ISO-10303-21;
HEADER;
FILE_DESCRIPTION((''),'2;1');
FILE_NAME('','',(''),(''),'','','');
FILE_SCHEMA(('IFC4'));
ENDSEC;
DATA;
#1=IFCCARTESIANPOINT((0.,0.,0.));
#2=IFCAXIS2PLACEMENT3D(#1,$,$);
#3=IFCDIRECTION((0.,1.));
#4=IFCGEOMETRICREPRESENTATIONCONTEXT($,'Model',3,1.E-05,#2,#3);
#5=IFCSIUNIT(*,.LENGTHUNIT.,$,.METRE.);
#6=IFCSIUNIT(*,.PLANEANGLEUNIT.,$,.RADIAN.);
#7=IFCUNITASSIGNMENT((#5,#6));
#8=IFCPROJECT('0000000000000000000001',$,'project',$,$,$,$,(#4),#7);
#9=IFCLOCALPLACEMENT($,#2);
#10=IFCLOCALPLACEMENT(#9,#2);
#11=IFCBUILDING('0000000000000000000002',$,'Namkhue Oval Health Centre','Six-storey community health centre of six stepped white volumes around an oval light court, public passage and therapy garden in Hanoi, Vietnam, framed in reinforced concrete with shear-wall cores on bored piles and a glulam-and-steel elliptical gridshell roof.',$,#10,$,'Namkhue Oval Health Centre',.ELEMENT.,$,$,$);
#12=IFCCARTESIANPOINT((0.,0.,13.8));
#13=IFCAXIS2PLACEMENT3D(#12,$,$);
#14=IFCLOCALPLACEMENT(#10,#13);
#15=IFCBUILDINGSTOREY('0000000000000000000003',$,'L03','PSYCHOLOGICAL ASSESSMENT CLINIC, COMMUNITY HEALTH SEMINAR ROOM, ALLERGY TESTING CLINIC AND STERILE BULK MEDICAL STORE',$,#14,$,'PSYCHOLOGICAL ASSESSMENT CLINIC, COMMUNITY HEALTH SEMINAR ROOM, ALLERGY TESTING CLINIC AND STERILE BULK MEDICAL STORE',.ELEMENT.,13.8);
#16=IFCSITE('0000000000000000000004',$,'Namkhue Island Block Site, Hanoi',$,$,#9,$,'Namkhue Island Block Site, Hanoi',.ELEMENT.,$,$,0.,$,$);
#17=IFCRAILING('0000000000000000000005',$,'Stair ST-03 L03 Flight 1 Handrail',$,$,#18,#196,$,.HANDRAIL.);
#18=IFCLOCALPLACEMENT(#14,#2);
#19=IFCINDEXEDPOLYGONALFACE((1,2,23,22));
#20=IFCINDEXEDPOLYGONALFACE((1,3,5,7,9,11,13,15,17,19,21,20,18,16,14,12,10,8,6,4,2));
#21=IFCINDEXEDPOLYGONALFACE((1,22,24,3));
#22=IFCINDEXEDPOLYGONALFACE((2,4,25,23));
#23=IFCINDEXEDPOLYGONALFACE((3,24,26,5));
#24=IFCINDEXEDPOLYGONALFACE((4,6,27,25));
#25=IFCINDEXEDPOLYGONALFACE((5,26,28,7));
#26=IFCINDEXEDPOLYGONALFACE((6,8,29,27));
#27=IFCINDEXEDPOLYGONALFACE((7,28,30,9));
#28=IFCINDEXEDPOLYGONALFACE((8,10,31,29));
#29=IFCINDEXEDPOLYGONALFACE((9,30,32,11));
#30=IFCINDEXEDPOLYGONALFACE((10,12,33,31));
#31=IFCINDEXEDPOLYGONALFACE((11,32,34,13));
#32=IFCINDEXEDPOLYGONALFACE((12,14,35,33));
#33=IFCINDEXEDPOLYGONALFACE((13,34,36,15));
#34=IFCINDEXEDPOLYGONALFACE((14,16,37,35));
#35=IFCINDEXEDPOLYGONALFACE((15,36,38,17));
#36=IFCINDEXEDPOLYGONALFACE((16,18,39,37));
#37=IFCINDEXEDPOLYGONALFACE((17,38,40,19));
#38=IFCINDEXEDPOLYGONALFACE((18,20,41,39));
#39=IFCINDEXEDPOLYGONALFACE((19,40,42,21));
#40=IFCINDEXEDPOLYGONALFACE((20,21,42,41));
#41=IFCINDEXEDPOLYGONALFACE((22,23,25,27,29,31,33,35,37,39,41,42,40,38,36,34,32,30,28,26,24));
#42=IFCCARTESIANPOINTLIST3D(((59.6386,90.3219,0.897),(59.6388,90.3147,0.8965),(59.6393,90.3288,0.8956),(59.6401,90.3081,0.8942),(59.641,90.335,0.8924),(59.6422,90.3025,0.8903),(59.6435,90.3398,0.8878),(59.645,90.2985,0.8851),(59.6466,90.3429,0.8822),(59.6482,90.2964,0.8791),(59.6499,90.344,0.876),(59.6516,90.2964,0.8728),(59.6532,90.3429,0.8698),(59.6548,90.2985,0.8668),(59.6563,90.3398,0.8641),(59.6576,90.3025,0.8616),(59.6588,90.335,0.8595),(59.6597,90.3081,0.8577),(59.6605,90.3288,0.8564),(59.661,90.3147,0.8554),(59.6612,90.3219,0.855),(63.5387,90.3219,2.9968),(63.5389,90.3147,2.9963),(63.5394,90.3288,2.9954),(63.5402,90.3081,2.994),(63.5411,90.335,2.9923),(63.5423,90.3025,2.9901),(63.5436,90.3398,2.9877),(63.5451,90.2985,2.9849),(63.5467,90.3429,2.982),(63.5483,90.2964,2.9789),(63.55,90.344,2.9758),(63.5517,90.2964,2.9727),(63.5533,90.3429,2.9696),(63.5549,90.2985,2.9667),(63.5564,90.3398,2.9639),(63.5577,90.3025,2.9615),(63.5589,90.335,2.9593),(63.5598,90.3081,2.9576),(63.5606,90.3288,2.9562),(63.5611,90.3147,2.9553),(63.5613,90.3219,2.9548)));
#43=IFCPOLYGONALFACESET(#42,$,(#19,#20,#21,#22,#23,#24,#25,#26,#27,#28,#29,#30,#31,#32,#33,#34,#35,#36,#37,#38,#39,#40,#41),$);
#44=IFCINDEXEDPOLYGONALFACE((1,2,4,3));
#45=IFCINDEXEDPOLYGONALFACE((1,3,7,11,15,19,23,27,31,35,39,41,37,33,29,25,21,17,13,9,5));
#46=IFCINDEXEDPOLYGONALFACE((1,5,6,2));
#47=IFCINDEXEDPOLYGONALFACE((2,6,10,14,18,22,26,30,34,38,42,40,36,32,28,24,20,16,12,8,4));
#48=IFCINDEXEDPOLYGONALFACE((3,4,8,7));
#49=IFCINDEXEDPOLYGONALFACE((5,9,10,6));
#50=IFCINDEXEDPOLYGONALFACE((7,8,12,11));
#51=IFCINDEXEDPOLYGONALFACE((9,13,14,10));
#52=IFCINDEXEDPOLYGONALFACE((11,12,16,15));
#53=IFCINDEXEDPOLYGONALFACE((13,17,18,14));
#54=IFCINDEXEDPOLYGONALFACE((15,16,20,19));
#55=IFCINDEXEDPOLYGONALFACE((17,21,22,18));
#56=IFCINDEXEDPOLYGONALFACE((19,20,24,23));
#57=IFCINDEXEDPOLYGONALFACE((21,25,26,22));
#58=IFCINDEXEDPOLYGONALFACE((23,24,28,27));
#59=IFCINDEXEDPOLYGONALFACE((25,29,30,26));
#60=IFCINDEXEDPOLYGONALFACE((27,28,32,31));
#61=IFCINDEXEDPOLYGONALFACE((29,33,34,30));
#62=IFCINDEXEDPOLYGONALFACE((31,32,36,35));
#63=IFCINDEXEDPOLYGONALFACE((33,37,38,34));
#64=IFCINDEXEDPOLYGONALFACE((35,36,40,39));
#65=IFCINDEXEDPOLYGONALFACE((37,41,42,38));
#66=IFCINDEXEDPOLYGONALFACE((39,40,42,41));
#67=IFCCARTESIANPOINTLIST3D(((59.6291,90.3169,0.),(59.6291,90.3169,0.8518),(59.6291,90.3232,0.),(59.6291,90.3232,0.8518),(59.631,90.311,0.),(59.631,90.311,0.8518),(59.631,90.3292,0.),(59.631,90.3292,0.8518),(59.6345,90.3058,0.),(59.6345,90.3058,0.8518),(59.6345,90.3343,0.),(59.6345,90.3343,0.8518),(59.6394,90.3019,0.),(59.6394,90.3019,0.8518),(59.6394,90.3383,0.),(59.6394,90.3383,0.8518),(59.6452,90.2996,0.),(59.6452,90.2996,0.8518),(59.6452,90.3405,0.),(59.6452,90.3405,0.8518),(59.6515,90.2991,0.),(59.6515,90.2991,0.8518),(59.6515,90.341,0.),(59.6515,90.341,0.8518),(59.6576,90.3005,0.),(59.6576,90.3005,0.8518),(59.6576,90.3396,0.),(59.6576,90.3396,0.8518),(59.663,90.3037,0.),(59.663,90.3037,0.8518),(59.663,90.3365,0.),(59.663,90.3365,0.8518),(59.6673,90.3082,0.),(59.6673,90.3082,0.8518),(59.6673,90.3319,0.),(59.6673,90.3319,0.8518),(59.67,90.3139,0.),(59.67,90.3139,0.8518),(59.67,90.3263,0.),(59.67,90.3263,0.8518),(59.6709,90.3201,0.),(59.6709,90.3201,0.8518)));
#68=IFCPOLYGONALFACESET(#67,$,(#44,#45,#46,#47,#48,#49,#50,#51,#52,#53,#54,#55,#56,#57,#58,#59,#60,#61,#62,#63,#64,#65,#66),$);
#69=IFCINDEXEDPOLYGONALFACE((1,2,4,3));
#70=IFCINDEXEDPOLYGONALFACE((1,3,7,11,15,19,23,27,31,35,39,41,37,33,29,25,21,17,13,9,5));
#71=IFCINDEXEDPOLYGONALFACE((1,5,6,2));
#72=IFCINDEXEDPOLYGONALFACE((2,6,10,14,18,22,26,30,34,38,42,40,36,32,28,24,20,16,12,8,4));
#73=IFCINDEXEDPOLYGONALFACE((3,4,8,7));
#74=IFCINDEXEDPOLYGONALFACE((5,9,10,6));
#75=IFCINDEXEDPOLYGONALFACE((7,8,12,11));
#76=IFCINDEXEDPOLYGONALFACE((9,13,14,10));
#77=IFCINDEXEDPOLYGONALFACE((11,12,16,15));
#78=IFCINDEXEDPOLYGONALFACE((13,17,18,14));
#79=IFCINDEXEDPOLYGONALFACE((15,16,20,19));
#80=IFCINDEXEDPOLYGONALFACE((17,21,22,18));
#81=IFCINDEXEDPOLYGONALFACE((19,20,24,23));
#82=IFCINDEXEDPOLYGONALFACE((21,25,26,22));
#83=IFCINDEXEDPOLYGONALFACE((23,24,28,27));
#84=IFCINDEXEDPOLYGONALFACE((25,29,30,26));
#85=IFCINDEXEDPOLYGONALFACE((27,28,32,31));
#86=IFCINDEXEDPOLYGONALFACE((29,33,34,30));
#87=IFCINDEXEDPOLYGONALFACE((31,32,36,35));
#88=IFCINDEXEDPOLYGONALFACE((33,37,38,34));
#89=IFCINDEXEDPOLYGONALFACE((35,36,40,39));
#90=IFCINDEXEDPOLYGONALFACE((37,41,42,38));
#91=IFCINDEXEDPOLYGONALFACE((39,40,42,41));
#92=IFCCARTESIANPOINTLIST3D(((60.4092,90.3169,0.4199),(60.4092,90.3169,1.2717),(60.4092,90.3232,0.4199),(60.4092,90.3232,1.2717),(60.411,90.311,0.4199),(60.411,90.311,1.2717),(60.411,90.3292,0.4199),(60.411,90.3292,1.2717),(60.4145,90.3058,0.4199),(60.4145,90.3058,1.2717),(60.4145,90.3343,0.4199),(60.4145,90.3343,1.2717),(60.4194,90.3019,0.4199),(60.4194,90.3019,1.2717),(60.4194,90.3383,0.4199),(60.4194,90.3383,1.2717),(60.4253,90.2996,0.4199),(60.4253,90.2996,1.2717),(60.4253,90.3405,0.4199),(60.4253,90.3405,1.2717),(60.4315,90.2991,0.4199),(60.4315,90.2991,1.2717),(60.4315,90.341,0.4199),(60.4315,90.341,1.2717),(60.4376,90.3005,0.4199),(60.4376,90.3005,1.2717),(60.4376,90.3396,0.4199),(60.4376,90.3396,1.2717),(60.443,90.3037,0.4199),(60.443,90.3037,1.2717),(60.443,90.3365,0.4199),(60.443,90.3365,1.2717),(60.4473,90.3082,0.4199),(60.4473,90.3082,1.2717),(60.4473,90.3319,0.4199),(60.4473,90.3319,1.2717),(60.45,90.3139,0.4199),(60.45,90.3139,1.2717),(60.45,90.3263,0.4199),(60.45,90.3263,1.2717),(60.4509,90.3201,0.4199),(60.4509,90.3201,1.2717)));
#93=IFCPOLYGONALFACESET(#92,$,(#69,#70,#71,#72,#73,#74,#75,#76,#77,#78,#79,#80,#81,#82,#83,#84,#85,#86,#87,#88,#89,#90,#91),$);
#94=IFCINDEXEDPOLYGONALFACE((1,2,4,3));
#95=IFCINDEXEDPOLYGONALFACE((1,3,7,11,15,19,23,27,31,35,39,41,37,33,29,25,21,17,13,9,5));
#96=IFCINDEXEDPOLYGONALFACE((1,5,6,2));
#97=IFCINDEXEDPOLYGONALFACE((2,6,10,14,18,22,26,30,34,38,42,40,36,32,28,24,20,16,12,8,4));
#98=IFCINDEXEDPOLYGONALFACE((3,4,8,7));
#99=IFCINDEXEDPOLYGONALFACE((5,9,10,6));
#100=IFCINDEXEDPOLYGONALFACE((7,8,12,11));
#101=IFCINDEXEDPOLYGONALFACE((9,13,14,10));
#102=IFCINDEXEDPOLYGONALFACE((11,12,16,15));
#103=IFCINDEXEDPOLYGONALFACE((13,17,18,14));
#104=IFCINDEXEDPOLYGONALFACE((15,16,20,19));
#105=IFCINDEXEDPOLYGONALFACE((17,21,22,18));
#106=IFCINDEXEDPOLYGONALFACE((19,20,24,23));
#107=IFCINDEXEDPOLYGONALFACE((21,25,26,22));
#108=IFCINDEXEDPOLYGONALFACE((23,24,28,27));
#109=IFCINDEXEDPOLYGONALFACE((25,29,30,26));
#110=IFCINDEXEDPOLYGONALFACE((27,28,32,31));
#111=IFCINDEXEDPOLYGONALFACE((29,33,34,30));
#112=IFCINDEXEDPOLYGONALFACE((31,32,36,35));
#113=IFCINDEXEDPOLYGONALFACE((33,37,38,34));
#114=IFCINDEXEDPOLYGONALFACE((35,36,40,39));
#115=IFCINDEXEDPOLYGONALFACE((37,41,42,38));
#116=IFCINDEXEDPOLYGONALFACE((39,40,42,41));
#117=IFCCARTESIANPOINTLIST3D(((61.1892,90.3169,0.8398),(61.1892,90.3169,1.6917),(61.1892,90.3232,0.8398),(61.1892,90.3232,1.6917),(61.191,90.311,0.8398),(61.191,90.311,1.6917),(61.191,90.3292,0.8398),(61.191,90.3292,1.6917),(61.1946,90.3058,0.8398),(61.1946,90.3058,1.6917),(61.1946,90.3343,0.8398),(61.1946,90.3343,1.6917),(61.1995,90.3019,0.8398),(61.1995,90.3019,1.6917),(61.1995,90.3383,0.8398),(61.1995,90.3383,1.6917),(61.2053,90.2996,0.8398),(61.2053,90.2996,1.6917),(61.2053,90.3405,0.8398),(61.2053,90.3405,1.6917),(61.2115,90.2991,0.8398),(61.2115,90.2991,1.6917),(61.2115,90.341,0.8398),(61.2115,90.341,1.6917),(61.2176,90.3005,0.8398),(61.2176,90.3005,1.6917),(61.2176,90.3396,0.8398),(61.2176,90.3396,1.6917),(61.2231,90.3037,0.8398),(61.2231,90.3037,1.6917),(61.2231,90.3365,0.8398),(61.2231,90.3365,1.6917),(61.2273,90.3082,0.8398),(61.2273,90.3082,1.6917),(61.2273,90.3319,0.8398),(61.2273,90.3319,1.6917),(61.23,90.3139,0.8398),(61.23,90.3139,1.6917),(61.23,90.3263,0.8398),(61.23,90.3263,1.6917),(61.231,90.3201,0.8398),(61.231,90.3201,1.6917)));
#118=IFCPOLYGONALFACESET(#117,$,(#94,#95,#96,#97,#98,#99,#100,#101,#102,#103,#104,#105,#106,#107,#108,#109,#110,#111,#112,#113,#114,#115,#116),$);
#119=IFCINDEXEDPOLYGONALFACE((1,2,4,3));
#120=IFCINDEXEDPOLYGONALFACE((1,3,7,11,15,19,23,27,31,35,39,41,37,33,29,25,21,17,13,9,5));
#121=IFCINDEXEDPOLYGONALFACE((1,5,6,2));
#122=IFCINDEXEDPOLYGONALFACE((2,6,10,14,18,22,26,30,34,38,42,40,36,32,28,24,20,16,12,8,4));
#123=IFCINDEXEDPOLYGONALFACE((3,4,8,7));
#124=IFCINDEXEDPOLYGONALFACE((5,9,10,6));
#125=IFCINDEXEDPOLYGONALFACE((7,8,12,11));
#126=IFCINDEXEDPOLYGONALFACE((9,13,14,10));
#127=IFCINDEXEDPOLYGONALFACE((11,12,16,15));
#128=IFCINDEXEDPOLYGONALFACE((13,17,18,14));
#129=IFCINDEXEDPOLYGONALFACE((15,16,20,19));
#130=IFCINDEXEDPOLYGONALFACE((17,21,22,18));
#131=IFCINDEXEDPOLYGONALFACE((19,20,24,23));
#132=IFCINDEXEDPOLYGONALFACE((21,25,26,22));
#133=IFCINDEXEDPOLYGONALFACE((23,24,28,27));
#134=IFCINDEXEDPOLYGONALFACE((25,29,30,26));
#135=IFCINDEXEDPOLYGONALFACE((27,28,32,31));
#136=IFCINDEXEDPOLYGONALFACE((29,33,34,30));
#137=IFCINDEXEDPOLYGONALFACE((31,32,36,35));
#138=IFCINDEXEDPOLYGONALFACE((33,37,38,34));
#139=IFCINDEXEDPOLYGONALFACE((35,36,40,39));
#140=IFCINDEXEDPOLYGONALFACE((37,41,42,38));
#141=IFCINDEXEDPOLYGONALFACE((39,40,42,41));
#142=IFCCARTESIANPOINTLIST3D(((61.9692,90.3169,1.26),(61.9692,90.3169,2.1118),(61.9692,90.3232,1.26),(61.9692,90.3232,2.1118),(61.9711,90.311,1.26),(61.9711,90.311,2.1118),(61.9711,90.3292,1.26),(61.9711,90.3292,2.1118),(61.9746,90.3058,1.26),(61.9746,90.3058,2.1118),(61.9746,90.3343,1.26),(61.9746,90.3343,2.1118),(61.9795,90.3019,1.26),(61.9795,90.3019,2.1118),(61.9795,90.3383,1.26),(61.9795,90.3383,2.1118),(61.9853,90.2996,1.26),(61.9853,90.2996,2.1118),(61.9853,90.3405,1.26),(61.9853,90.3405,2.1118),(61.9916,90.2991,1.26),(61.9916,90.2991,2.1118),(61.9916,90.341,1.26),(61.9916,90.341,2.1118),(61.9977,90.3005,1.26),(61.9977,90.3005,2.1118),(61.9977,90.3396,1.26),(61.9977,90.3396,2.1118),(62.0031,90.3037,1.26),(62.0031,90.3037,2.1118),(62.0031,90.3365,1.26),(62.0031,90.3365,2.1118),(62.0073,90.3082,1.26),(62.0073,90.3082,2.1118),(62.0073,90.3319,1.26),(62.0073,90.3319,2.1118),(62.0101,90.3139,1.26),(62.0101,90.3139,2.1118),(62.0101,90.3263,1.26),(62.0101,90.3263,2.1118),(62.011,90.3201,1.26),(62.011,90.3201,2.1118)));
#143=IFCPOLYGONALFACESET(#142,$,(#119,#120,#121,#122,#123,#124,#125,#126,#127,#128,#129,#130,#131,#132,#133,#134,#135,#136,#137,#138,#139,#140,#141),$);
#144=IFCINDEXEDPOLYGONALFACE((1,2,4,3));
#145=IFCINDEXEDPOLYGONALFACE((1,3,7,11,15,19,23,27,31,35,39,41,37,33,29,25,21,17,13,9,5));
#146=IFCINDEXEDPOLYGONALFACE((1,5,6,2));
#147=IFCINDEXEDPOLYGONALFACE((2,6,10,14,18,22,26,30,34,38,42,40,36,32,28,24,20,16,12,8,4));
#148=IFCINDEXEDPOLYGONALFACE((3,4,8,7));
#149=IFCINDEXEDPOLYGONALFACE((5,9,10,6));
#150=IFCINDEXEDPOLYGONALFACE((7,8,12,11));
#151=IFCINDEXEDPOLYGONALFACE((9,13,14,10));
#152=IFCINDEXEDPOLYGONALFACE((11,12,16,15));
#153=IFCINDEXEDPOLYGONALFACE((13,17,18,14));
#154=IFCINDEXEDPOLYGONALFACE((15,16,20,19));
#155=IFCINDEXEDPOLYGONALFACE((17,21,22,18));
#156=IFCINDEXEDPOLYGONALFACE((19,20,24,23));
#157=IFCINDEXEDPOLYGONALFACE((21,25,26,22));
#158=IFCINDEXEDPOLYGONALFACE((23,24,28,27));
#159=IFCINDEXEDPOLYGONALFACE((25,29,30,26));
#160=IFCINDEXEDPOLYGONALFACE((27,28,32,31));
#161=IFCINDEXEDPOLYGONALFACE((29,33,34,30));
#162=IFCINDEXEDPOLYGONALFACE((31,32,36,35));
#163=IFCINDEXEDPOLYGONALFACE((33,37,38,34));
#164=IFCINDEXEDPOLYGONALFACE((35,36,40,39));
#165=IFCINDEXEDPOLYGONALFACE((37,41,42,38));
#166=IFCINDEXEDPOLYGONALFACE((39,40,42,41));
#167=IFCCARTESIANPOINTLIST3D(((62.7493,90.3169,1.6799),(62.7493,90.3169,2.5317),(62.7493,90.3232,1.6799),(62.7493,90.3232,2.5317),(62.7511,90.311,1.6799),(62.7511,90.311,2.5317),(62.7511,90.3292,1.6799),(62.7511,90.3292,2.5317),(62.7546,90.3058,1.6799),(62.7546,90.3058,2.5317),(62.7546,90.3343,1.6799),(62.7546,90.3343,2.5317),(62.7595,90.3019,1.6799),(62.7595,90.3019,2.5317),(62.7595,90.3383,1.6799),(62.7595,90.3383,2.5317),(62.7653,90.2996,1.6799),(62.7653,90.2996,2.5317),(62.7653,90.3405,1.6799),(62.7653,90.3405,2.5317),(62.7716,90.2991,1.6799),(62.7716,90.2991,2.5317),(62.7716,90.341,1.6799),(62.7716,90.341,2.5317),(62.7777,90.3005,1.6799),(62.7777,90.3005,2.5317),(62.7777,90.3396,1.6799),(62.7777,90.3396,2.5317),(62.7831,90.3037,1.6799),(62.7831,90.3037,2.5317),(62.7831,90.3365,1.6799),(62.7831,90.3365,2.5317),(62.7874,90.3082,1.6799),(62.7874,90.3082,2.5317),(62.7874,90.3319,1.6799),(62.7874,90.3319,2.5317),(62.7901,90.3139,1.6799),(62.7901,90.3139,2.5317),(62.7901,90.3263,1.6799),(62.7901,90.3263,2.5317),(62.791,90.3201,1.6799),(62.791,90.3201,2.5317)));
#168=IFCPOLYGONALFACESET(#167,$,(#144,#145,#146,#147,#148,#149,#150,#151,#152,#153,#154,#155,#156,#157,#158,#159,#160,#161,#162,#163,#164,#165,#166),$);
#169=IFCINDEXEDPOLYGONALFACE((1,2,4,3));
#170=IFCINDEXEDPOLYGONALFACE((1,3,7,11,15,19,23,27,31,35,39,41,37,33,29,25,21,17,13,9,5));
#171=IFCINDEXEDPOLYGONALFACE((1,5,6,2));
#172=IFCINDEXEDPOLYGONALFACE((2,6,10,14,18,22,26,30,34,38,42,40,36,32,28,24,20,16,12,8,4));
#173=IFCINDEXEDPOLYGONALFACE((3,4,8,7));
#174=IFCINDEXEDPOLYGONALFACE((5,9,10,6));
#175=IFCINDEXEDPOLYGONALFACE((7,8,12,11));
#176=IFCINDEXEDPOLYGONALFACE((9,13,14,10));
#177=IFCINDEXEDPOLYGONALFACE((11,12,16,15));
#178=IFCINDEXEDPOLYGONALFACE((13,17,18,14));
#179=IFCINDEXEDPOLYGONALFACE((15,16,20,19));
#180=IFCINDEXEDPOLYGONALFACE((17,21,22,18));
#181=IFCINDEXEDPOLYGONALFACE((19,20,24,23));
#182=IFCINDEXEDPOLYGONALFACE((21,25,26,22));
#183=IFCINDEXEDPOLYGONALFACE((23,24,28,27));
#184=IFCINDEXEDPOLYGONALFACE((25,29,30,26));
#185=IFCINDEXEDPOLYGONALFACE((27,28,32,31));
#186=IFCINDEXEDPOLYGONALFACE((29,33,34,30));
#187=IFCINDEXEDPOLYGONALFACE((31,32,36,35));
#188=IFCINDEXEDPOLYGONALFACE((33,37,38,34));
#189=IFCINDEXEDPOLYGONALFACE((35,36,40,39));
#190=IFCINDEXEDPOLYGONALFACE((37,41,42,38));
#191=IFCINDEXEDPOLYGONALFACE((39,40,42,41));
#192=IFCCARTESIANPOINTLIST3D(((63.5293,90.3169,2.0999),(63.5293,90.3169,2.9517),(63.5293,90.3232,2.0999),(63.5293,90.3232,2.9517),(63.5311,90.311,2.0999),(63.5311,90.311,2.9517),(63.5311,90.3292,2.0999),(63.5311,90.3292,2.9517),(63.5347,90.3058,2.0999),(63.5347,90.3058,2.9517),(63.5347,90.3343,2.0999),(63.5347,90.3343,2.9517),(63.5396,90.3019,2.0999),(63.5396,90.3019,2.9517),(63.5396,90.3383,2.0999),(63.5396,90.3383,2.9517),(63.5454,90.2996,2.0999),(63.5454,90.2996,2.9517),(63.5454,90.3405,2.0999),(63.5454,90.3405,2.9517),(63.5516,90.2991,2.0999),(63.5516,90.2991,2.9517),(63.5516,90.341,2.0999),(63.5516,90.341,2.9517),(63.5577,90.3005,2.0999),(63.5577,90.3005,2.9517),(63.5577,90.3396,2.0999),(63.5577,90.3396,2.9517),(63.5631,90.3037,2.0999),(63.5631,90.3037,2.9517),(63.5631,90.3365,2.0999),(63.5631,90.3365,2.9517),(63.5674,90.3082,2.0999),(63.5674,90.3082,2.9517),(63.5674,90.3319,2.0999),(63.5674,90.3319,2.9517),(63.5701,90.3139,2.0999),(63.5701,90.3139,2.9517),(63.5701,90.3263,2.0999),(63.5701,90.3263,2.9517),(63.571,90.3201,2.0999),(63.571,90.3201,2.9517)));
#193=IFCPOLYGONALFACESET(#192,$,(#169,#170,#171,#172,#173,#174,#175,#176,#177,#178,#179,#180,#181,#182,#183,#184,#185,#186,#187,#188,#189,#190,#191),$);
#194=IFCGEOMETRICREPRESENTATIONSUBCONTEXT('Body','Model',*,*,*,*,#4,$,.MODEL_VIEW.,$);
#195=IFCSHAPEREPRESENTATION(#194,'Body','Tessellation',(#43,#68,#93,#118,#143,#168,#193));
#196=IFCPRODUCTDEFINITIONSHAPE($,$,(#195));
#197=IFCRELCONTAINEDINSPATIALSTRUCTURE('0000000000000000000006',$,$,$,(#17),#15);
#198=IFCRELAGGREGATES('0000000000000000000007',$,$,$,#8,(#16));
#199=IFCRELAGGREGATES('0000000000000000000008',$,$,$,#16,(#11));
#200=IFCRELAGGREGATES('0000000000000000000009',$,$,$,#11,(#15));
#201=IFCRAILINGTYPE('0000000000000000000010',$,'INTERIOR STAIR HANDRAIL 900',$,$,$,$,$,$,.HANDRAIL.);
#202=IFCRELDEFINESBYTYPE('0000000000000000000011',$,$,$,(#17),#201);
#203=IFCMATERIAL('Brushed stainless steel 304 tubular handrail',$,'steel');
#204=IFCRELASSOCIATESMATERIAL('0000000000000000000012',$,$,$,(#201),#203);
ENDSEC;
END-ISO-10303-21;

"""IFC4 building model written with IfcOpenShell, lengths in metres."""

from ifc_helpers import new_model, si_unit, direction, frame, origin, origin_2d, place, context, subcontext, project, spatial, circle, extrude, material, type_object, element, save


model = new_model("IFC4")

# Units and contexts
model_context = context("Model", 3, precision=1e-05, world=origin(), true_north=direction((0.0, 1.0)))
body_context = subcontext(model_context, "Body", "Model", "MODEL_VIEW")
ifc_project = project(units=[si_unit("LENGTHUNIT", "METRE"), si_unit("PLANEANGLEUNIT", "RADIAN")], contexts=[model_context])

# Site, building, storey
site_placement = place(None, origin())
site = spatial("IfcSite", under=ifc_project, at=site_placement, Name="Namkhue Island Block Site, Hanoi", LongName="Namkhue Island Block Site, Hanoi", CompositionType="ELEMENT", RefElevation=0.0)
building_placement = place(site_placement, origin())
building = spatial("IfcBuilding", under=site, at=building_placement, Name="Namkhue Oval Health Centre", Description="Six-storey community health centre of six stepped white volumes around an oval light court, public passage and therapy garden in Hanoi, Vietnam, framed in reinforced concrete with shear-wall cores on bored piles and a glulam-and-steel elliptical gridshell roof.", LongName="Namkhue Oval Health Centre", CompositionType="ELEMENT")
storey_placement = place(building_placement, frame((0.0, 0.0, 13.8)))
storey = spatial("IfcBuildingStorey", under=building, at=storey_placement, Name="L03", Description="PSYCHOLOGICAL ASSESSMENT CLINIC, COMMUNITY HEALTH SEMINAR ROOM, ALLERGY TESTING CLINIC AND STERILE BULK MEDICAL STORE", LongName="PSYCHOLOGICAL ASSESSMENT CLINIC, COMMUNITY HEALTH SEMINAR ROOM, ALLERGY TESTING CLINIC AND STERILE BULK MEDICAL STORE", CompositionType="ELEMENT", Elevation=13.8)

# Railing
ifc_material_1 = material(Name="Brushed stainless steel 304 tubular handrail", Category="steel")
railing_type_1 = type_object("IfcRailingType", Name="INTERIOR STAIR HANDRAIL 900", PredefinedType="HANDRAIL", material=ifc_material_1)
railing_1_placement = place(storey_placement, frame((59.6499, 90.3201, 0.0)))
element("IfcRailing", 1, at=railing_1_placement, inside=storey, type_object=railing_type_1, Name="Stair ST-03 L03 Flight 1 Handrail", PredefinedType="HANDRAIL", context=body_context, shape_type="SweptSolid", body=[
    extrude(circle(Radius=0.0239, at=origin_2d()), frame((0.0, 0.0, 0.876), z_axis=(0.880492, 0.0, 0.47406), x_axis=(0.0, 1.0, 0.0)), (0.0, 0.0, 1.0), 4.4294),
    extrude(circle(Radius=0.021, at=origin_2d()), origin(), (0.0, 0.0, 1.0), 0.8518),
    extrude(circle(Radius=0.021, at=origin_2d()), frame((0.78, 0.0, 0.4199)), (0.0, 0.0, 1.0), 0.8518),
    extrude(circle(Radius=0.021, at=origin_2d()), frame((1.5601, 0.0, 0.8398)), (0.0, 0.0, 1.0), 0.8518),
    extrude(circle(Radius=0.021, at=origin_2d()), frame((2.3401, 0.0, 1.26)), (0.0, 0.0, 1.0), 0.8518),
    extrude(circle(Radius=0.021, at=origin_2d()), frame((3.1201, 0.0, 1.6799)), (0.0, 0.0, 1.0), 0.8518),
    extrude(circle(Radius=0.021, at=origin_2d()), frame((3.9001, 0.0, 2.0999)), (0.0, 0.0, 1.0), 0.8518),
])

save(model, "model.ifc")
